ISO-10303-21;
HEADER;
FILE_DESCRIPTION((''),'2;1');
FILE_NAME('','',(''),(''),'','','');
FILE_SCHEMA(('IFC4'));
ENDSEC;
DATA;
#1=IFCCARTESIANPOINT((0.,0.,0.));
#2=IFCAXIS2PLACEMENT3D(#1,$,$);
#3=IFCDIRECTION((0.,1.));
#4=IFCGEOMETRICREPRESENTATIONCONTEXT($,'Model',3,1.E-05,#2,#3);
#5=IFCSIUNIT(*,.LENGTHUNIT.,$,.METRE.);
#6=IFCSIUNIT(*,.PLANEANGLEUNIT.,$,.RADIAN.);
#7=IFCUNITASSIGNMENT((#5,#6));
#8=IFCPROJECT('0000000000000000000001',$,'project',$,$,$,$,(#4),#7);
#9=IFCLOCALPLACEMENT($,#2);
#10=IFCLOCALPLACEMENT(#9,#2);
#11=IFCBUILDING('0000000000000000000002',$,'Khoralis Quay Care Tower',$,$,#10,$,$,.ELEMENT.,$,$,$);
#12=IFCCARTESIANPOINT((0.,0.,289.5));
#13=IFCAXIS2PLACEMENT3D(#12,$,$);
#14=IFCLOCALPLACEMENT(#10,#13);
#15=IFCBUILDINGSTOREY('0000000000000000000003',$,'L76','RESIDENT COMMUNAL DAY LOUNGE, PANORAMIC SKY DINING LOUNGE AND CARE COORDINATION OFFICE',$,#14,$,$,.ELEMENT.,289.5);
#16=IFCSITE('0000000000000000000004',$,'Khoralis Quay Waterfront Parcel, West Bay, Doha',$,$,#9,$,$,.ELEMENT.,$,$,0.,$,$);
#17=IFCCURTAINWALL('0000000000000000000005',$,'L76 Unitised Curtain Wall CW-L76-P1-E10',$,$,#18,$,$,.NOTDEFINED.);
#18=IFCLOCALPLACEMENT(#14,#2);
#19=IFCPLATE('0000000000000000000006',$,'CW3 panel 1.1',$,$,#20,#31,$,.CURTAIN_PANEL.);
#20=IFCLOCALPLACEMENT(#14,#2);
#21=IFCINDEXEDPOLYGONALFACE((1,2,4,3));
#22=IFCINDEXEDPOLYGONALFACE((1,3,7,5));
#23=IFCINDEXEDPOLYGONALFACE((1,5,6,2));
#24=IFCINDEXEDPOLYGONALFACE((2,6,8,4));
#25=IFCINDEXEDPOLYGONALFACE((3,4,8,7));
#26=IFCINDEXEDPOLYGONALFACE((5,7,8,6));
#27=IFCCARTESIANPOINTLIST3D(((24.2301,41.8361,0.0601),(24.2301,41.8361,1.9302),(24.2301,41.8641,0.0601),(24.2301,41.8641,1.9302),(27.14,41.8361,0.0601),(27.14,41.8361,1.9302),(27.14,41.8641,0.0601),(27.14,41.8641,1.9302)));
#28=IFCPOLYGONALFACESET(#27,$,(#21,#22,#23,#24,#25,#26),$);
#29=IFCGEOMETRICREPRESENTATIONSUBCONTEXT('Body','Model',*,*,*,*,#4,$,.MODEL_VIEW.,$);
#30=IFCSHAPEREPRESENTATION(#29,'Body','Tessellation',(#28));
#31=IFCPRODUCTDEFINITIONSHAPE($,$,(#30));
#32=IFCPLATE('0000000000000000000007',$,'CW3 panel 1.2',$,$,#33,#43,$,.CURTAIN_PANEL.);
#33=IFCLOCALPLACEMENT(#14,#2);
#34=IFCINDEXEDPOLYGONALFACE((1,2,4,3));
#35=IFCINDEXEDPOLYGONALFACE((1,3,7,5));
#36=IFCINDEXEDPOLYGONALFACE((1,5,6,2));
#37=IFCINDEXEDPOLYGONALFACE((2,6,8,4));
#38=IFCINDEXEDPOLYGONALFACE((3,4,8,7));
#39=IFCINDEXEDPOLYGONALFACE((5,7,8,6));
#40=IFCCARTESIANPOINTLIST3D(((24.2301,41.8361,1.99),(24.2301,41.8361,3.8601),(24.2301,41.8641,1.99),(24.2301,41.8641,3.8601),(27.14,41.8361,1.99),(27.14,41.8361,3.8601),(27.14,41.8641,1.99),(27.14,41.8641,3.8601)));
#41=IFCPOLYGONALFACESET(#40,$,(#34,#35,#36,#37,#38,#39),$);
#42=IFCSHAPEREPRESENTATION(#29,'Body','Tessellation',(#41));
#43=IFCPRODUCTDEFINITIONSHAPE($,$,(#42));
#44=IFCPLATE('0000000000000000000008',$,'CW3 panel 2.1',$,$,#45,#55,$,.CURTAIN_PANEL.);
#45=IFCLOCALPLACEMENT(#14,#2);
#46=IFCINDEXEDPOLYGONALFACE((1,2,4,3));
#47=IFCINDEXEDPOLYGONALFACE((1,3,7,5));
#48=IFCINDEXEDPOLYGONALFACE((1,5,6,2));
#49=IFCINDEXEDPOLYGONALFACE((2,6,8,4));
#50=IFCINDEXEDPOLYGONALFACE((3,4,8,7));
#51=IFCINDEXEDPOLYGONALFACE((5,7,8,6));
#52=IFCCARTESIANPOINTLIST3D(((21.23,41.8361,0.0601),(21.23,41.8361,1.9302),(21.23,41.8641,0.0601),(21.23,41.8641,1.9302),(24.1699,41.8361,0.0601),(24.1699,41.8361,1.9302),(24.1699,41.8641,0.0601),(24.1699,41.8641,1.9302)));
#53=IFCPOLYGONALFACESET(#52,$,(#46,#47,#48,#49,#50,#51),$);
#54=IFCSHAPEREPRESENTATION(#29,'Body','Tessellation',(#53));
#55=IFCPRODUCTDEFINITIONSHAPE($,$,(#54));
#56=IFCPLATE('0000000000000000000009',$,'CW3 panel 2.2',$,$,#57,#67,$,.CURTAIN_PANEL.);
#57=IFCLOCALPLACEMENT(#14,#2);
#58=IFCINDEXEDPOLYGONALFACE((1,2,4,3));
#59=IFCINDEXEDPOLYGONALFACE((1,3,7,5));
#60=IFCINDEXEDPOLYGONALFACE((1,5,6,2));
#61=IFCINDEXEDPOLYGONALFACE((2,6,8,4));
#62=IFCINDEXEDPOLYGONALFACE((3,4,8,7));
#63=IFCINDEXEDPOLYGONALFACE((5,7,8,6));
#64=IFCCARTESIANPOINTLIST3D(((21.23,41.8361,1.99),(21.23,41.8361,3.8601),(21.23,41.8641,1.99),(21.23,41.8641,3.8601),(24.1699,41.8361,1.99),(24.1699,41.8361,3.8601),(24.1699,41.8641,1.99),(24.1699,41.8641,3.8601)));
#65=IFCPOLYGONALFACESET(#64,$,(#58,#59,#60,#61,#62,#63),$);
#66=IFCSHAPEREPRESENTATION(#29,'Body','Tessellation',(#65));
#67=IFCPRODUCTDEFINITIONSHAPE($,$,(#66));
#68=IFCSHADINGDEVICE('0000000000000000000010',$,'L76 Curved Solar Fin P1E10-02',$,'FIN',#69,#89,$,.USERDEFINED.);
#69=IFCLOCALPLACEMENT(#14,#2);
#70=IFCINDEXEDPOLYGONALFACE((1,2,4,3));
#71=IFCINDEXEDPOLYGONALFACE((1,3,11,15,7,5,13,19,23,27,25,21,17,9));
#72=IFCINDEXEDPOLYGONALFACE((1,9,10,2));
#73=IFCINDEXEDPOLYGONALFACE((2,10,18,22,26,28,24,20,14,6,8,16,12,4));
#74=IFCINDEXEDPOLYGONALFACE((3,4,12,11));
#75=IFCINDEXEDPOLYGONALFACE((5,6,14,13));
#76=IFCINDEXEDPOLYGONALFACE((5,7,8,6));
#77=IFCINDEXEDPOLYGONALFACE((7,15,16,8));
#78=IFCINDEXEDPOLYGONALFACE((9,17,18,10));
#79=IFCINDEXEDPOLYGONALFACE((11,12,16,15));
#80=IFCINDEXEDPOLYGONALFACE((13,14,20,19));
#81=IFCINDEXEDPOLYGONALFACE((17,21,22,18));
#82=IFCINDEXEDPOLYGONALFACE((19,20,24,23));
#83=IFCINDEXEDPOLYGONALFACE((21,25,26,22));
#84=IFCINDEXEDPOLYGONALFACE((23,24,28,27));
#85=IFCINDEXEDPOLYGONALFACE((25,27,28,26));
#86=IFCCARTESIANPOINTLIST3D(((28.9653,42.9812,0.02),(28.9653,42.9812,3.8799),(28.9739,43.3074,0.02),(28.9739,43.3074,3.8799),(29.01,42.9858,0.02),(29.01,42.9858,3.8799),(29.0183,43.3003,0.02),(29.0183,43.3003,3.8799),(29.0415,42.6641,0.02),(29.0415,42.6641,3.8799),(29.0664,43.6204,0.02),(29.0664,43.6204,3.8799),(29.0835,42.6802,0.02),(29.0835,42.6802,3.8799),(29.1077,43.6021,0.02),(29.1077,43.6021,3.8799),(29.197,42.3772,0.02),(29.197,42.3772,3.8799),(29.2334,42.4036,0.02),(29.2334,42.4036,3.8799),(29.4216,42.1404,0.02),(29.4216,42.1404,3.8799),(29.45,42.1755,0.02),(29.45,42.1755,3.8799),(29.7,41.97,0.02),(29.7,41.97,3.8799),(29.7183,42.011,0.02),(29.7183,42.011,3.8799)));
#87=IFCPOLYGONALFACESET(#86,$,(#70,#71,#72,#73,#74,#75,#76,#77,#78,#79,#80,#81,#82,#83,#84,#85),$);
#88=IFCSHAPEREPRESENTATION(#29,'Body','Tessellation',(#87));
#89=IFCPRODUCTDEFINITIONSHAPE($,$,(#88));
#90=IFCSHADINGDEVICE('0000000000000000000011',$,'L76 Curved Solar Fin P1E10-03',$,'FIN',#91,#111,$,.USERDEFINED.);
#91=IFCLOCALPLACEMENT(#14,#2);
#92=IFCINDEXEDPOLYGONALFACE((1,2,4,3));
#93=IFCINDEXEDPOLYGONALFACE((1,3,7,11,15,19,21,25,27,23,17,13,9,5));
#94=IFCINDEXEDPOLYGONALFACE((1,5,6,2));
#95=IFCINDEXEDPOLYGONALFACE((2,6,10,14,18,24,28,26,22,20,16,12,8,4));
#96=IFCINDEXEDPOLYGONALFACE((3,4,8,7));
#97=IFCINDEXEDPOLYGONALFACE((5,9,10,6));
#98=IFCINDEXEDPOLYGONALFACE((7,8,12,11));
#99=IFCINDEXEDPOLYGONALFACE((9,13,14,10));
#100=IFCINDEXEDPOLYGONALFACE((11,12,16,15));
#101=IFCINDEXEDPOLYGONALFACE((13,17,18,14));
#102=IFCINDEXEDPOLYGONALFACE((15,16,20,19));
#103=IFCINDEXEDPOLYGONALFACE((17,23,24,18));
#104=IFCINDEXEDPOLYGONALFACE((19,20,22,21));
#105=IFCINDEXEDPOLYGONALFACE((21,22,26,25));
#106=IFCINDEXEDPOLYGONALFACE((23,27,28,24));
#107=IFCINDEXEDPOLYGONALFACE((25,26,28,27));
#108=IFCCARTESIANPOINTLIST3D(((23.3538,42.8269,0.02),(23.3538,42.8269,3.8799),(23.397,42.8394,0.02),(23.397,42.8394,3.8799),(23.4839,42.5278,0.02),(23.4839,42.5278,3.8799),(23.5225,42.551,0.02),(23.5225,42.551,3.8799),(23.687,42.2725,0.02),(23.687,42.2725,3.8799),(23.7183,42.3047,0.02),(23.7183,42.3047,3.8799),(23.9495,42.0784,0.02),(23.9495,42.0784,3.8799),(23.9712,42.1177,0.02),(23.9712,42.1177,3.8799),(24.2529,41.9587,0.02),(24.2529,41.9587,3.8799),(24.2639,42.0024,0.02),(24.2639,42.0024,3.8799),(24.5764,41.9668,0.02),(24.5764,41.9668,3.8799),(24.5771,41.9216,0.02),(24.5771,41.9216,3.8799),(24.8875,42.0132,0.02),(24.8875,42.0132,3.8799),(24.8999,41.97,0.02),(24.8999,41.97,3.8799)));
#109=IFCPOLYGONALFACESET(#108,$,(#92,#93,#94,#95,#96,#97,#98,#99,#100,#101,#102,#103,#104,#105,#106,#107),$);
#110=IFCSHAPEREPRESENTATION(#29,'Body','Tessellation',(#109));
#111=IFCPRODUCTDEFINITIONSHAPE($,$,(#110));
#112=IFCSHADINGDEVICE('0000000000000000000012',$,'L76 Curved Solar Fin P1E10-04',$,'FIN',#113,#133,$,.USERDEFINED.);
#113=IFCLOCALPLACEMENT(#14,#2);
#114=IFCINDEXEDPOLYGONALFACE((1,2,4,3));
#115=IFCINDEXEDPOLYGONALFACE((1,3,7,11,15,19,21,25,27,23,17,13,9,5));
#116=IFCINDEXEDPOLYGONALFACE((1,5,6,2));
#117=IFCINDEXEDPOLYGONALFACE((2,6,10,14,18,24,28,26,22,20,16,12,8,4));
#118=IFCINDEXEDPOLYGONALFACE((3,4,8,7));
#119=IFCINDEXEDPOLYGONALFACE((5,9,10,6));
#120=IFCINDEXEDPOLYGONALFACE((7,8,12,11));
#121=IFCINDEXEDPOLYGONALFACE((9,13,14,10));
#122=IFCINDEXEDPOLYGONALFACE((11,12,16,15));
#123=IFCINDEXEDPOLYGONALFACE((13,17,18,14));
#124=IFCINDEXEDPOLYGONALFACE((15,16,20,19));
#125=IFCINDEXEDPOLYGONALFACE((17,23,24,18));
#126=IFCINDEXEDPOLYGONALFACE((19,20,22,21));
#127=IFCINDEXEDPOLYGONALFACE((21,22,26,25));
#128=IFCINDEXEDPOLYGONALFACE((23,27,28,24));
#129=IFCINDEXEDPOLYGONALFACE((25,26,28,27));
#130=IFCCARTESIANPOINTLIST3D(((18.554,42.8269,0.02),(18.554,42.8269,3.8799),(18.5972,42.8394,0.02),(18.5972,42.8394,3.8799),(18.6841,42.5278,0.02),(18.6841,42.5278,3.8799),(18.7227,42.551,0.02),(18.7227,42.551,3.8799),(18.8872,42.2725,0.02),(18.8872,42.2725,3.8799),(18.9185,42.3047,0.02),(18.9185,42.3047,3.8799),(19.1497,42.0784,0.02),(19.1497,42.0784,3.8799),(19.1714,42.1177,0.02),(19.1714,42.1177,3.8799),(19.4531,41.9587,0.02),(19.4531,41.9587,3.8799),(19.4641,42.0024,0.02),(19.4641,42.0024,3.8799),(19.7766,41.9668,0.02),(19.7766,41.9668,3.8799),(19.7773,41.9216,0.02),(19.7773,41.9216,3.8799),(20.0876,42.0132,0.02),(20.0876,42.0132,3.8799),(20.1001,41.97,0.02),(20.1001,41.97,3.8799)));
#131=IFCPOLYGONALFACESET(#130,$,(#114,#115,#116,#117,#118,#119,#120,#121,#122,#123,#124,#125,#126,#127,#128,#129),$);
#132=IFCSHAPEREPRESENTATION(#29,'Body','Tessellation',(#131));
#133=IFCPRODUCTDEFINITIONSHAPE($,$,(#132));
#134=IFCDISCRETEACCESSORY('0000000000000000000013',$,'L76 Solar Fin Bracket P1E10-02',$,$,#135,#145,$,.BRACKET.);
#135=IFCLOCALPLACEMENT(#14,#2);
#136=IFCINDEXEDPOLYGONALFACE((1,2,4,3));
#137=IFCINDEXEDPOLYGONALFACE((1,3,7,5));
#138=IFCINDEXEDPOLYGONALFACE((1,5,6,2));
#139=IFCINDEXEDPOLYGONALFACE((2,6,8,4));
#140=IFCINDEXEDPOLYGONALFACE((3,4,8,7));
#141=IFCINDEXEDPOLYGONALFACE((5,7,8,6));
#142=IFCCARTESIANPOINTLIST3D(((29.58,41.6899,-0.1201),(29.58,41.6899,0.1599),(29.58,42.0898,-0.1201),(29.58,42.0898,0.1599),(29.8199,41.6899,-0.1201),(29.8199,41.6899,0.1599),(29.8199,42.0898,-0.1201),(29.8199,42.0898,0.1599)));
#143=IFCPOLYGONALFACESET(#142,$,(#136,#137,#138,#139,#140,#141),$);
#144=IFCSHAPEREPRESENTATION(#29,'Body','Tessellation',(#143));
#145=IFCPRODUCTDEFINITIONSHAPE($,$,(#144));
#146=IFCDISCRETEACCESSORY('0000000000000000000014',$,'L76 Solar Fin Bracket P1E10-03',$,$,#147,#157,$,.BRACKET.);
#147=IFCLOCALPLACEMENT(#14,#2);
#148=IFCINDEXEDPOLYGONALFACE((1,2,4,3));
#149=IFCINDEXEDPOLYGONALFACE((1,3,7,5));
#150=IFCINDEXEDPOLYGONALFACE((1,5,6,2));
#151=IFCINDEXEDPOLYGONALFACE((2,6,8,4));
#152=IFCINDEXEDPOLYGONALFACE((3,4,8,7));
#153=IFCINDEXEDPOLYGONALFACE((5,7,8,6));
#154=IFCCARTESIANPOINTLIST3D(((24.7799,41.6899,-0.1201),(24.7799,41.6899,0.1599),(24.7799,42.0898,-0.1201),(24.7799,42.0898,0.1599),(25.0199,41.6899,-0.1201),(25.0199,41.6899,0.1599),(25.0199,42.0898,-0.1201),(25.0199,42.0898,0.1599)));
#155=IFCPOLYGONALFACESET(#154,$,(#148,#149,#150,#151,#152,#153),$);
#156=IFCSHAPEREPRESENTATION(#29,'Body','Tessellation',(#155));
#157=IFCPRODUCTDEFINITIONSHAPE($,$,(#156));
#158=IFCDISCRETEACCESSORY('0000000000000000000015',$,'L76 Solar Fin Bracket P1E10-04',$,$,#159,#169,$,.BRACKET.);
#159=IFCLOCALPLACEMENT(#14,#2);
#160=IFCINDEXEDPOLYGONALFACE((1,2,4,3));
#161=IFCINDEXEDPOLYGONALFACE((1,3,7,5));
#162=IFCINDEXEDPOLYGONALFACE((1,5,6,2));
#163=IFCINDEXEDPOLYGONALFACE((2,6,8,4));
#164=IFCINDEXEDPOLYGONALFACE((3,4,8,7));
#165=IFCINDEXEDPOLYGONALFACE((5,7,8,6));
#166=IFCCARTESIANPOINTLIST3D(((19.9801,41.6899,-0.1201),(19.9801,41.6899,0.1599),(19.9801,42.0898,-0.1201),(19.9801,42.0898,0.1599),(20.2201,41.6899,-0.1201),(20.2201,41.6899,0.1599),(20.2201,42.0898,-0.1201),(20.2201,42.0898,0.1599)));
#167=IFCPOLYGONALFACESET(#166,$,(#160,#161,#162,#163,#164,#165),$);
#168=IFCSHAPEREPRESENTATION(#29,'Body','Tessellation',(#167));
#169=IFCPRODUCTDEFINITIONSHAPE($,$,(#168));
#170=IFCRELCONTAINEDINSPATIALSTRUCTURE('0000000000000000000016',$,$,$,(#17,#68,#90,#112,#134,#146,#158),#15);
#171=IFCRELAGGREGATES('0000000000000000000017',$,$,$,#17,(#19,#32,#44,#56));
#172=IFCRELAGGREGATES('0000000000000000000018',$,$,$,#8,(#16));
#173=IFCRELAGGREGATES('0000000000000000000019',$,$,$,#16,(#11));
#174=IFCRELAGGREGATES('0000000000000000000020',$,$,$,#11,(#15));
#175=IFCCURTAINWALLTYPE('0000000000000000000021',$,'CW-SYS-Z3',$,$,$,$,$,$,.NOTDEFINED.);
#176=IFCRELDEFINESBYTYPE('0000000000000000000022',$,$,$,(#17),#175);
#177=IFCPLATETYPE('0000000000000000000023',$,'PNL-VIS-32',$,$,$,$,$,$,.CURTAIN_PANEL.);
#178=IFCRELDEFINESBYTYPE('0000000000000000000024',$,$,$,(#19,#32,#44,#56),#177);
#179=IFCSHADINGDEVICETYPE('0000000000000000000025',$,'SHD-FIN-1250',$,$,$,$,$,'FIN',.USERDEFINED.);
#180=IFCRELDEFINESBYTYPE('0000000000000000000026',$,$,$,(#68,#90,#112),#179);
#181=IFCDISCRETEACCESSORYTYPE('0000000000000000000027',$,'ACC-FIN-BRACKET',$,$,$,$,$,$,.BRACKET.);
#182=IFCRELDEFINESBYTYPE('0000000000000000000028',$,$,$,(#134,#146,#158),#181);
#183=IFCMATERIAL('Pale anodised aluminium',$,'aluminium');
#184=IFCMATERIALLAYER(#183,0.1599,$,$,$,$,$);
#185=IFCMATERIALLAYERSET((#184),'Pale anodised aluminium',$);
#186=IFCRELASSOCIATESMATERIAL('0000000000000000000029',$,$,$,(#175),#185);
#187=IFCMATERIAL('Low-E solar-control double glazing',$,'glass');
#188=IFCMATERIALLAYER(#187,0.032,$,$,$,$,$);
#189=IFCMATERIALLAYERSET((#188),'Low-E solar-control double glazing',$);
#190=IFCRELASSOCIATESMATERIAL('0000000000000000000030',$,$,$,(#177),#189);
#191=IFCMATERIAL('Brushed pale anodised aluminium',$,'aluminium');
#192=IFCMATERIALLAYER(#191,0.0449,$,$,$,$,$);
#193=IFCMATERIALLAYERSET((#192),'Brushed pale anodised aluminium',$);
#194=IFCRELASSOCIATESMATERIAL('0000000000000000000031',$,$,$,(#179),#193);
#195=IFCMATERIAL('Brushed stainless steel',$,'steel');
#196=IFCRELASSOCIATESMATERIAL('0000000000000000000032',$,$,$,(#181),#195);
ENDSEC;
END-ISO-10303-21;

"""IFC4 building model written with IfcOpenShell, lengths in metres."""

from ifc_helpers import new_model, si_unit, direction, frame, origin, origin_2d, place, context, subcontext, project, spatial, polyline, rectangle, outline, extrude, source, transform, mapped, material, layer, layer_set, type_object, element, aggregate, save


model = new_model("IFC4")

# Units and contexts
model_context = context("Model", 3, precision=1e-05, world=origin(), true_north=direction((0.0, 1.0)))
body_context = subcontext(model_context, "Body", "Model", "MODEL_VIEW")
ifc_project = project(units=[si_unit("LENGTHUNIT", "METRE"), si_unit("PLANEANGLEUNIT", "RADIAN")], contexts=[model_context])

# Site, building, storey
site_placement = place(None, origin())
site = spatial("IfcSite", under=ifc_project, at=site_placement, Name="Khoralis Quay Waterfront Parcel, West Bay, Doha", CompositionType="ELEMENT", RefElevation=0.0)
building_placement = place(site_placement, origin())
building = spatial("IfcBuilding", under=site, at=building_placement, Name="Khoralis Quay Care Tower", CompositionType="ELEMENT")
storey_placement = place(building_placement, frame((0.0, 0.0, 289.5)))
storey = spatial("IfcBuildingStorey", under=building, at=storey_placement, Name="L76", Description="RESIDENT COMMUNAL DAY LOUNGE, PANORAMIC SKY DINING LOUNGE AND CARE COORDINATION OFFICE", CompositionType="ELEMENT", Elevation=289.5)

# Curtain wall, plates
ifc_material_1 = material(Name="Pale anodised aluminium", Category="aluminium")
ifc_layer_1 = layer(ifc_material_1, 0.1599)
ifc_layer_set_1 = layer_set([ifc_layer_1], Name="Pale anodised aluminium")
curtain_wall_type = type_object("IfcCurtainWallType", Name="CW-SYS-Z3", PredefinedType="NOTDEFINED", material=ifc_layer_set_1)
curtain_wall_placement = place(storey_placement, origin())
curtain_wall = element("IfcCurtainWall", 1, at=curtain_wall_placement, inside=storey, type_object=curtain_wall_type, Name="L76 Unitised Curtain Wall CW-L76-P1-E10", PredefinedType="NOTDEFINED")
ifc_material_2 = material(Name="Low-E solar-control double glazing", Category="glass")
ifc_layer_2 = layer(ifc_material_2, 0.032)
ifc_layer_set_2 = layer_set([ifc_layer_2], Name="Low-E solar-control double glazing")
plate_type = type_object("IfcPlateType", Name="PNL-VIS-32", PredefinedType="CURTAIN_PANEL", material=ifc_layer_set_2)
shared_shape_1 = source(origin(), body_context, "Body", "SweptSolid", [
    extrude(rectangle(XDim=2.9099, YDim=0.0281, at=origin_2d()), origin(), (0.0, 0.0, 1.0), 1.8701),
])
plate_1_placement = place(storey_placement, frame((25.6851, 41.8501, 0.0601), z_axis=(0.0, 0.0, 1.0), x_axis=(-1.0, 0.0, 0.0)))
plate_1 = element("IfcPlate", 2, at=plate_1_placement, type_object=plate_type, Name="CW3 panel 1.1", PredefinedType="CURTAIN_PANEL", context=body_context, shape_type="MappedRepresentation", body=[
    mapped(shared_shape_1, transform((0.0, 0.0, 0.0), scale=1.0)),
])
plate_2_placement = place(storey_placement, frame((25.6851, 41.8501, 1.99), z_axis=(0.0, 0.0, 1.0), x_axis=(-1.0, 0.0, 0.0)))
plate_2 = element("IfcPlate", 3, at=plate_2_placement, type_object=plate_type, Name="CW3 panel 1.2", PredefinedType="CURTAIN_PANEL", context=body_context, shape_type="MappedRepresentation", body=[
    mapped(shared_shape_1, transform((0.0, 0.0, 0.0), scale=1.0)),
])
shared_shape_2 = source(origin(), body_context, "Body", "SweptSolid", [
    extrude(rectangle(XDim=2.9399, YDim=0.0281, at=origin_2d()), origin(), (0.0, 0.0, 1.0), 1.8701),
])
plate_3_placement = place(storey_placement, frame((22.7, 41.8501, 0.0601), z_axis=(0.0, 0.0, 1.0), x_axis=(-1.0, 0.0, 0.0)))
plate_3 = element("IfcPlate", 4, at=plate_3_placement, type_object=plate_type, Name="CW3 panel 2.1", PredefinedType="CURTAIN_PANEL", context=body_context, shape_type="MappedRepresentation", body=[
    mapped(shared_shape_2, transform((0.0, 0.0, 0.0), scale=1.0)),
])
plate_4_placement = place(storey_placement, frame((22.7, 41.8501, 1.99), z_axis=(0.0, 0.0, 1.0), x_axis=(-1.0, 0.0, 0.0)))
plate_4 = element("IfcPlate", 5, at=plate_4_placement, type_object=plate_type, Name="CW3 panel 2.2", PredefinedType="CURTAIN_PANEL", context=body_context, shape_type="MappedRepresentation", body=[
    mapped(shared_shape_2, transform((0.0, 0.0, 0.0), scale=1.0)),
])
aggregate(curtain_wall, [plate_1, plate_2, plate_3, plate_4])

# Shading devices
ifc_material_3 = material(Name="Brushed pale anodised aluminium", Category="aluminium")
ifc_layer_3 = layer(ifc_material_3, 0.0449)
ifc_layer_set_3 = layer_set([ifc_layer_3], Name="Brushed pale anodised aluminium")
shading_device_type = type_object("IfcShadingDeviceType", Name="SHD-FIN-1250", ElementType="FIN", PredefinedType="USERDEFINED", material=ifc_layer_set_3)
shared_shape_3 = source(origin(), body_context, "Body", "SweptSolid", [
    extrude(outline(polyline([(0.0, 0.0), (0.1704, 0.2783), (0.4072, 0.5029), (0.6941, 0.6584), (1.0112, 0.7346), (1.3374, 0.7261), (1.6504, 0.6335), (1.6321, 0.5923), (1.3303, 0.6816), (1.0159, 0.6899), (0.7102, 0.6165), (0.4336, 0.4666), (0.2056, 0.25), (0.041, -0.0183), (0.0, 0.0)])), origin(), (0.0, 0.0, 1.0), 3.8599),
])
shading_device_placement = place(storey_placement, frame((29.7, 41.97, 0.02), z_axis=(0.0, 0.0, 1.0), x_axis=(0.0, 1.0, 0.0)))
element("IfcShadingDevice", 6, at=shading_device_placement, inside=storey, type_object=shading_device_type, Name="L76 Curved Solar Fin P1E10-02", ObjectType="FIN", PredefinedType="USERDEFINED", context=body_context, shape_type="MappedRepresentation", body=[
    mapped(shared_shape_3, transform((0.0, 0.0, 0.0), scale=1.0)),
])
shared_shape_4 = source(origin(), body_context, "Body", "SweptSolid", [
    extrude(outline(polyline([(0.0, 0.0), (-0.0483, 0.3228), (-0.0112, 0.647), (0.1084, 0.9504), (0.3025, 1.2129), (0.5579, 1.416), (0.8569, 1.5461), (0.8694, 1.5029), (0.5811, 1.3774), (0.3347, 1.1816), (0.1477, 0.9287), (0.0325, 0.636), (-0.0032, 0.3235), (0.0432, 0.0125), (0.0, 0.0)])), origin(), (0.0, 0.0, 1.0), 3.8599),
])
for number, where, z_axis, x_axis, name in (
    (7, (24.8999, 41.97, 0.02), (0.0, 0.0, 1.0), (0.0, 1.0, 0.0), "L76 Curved Solar Fin P1E10-03"),
    (8, (20.1001, 41.97, 0.02), (0.0, 0.0, 1.0), (0.0, 1.0, 0.0), "L76 Curved Solar Fin P1E10-04"),
):
    element("IfcShadingDevice", number, at=place(storey_placement, frame(where, z_axis=z_axis, x_axis=x_axis)), inside=storey, type_object=shading_device_type, Name=name, ObjectType="FIN", PredefinedType="USERDEFINED", context=body_context, shape_type="MappedRepresentation", body=[
        mapped(shared_shape_4, transform((0.0, 0.0, 0.0), scale=1.0)),
    ])

# Discrete accessories
ifc_material_4 = material(Name="Brushed stainless steel", Category="steel")
discrete_accessory_type = type_object("IfcDiscreteAccessoryType", Name="ACC-FIN-BRACKET", PredefinedType="BRACKET", material=ifc_material_4)
shared_shape_5 = source(origin(), body_context, "Body", "SweptSolid", [
    extrude(rectangle(XDim=0.3999, YDim=0.24, at=origin_2d()), origin(), (0.0, 0.0, 1.0), 0.28),
])
for number, where, z_axis, x_axis, name in (
    (9, (29.7, 41.8899, -0.1201), (0.0, 0.0, 1.0), (0.0, 1.0, 0.0), "L76 Solar Fin Bracket P1E10-02"),
    (10, (24.8999, 41.8899, -0.1201), (0.0, 0.0, 1.0), (0.0, 1.0, 0.0), "L76 Solar Fin Bracket P1E10-03"),
    (11, (20.1001, 41.8899, -0.1201), (0.0, 0.0, 1.0), (0.0, 1.0, 0.0), "L76 Solar Fin Bracket P1E10-04"),
):
    element("IfcDiscreteAccessory", number, at=place(storey_placement, frame(where, z_axis=z_axis, x_axis=x_axis)), inside=storey, type_object=discrete_accessory_type, Name=name, PredefinedType="BRACKET", context=body_context, shape_type="MappedRepresentation", body=[
        mapped(shared_shape_5, transform((0.0, 0.0, 0.0), scale=1.0)),
    ])

save(model, "model.ifc")
